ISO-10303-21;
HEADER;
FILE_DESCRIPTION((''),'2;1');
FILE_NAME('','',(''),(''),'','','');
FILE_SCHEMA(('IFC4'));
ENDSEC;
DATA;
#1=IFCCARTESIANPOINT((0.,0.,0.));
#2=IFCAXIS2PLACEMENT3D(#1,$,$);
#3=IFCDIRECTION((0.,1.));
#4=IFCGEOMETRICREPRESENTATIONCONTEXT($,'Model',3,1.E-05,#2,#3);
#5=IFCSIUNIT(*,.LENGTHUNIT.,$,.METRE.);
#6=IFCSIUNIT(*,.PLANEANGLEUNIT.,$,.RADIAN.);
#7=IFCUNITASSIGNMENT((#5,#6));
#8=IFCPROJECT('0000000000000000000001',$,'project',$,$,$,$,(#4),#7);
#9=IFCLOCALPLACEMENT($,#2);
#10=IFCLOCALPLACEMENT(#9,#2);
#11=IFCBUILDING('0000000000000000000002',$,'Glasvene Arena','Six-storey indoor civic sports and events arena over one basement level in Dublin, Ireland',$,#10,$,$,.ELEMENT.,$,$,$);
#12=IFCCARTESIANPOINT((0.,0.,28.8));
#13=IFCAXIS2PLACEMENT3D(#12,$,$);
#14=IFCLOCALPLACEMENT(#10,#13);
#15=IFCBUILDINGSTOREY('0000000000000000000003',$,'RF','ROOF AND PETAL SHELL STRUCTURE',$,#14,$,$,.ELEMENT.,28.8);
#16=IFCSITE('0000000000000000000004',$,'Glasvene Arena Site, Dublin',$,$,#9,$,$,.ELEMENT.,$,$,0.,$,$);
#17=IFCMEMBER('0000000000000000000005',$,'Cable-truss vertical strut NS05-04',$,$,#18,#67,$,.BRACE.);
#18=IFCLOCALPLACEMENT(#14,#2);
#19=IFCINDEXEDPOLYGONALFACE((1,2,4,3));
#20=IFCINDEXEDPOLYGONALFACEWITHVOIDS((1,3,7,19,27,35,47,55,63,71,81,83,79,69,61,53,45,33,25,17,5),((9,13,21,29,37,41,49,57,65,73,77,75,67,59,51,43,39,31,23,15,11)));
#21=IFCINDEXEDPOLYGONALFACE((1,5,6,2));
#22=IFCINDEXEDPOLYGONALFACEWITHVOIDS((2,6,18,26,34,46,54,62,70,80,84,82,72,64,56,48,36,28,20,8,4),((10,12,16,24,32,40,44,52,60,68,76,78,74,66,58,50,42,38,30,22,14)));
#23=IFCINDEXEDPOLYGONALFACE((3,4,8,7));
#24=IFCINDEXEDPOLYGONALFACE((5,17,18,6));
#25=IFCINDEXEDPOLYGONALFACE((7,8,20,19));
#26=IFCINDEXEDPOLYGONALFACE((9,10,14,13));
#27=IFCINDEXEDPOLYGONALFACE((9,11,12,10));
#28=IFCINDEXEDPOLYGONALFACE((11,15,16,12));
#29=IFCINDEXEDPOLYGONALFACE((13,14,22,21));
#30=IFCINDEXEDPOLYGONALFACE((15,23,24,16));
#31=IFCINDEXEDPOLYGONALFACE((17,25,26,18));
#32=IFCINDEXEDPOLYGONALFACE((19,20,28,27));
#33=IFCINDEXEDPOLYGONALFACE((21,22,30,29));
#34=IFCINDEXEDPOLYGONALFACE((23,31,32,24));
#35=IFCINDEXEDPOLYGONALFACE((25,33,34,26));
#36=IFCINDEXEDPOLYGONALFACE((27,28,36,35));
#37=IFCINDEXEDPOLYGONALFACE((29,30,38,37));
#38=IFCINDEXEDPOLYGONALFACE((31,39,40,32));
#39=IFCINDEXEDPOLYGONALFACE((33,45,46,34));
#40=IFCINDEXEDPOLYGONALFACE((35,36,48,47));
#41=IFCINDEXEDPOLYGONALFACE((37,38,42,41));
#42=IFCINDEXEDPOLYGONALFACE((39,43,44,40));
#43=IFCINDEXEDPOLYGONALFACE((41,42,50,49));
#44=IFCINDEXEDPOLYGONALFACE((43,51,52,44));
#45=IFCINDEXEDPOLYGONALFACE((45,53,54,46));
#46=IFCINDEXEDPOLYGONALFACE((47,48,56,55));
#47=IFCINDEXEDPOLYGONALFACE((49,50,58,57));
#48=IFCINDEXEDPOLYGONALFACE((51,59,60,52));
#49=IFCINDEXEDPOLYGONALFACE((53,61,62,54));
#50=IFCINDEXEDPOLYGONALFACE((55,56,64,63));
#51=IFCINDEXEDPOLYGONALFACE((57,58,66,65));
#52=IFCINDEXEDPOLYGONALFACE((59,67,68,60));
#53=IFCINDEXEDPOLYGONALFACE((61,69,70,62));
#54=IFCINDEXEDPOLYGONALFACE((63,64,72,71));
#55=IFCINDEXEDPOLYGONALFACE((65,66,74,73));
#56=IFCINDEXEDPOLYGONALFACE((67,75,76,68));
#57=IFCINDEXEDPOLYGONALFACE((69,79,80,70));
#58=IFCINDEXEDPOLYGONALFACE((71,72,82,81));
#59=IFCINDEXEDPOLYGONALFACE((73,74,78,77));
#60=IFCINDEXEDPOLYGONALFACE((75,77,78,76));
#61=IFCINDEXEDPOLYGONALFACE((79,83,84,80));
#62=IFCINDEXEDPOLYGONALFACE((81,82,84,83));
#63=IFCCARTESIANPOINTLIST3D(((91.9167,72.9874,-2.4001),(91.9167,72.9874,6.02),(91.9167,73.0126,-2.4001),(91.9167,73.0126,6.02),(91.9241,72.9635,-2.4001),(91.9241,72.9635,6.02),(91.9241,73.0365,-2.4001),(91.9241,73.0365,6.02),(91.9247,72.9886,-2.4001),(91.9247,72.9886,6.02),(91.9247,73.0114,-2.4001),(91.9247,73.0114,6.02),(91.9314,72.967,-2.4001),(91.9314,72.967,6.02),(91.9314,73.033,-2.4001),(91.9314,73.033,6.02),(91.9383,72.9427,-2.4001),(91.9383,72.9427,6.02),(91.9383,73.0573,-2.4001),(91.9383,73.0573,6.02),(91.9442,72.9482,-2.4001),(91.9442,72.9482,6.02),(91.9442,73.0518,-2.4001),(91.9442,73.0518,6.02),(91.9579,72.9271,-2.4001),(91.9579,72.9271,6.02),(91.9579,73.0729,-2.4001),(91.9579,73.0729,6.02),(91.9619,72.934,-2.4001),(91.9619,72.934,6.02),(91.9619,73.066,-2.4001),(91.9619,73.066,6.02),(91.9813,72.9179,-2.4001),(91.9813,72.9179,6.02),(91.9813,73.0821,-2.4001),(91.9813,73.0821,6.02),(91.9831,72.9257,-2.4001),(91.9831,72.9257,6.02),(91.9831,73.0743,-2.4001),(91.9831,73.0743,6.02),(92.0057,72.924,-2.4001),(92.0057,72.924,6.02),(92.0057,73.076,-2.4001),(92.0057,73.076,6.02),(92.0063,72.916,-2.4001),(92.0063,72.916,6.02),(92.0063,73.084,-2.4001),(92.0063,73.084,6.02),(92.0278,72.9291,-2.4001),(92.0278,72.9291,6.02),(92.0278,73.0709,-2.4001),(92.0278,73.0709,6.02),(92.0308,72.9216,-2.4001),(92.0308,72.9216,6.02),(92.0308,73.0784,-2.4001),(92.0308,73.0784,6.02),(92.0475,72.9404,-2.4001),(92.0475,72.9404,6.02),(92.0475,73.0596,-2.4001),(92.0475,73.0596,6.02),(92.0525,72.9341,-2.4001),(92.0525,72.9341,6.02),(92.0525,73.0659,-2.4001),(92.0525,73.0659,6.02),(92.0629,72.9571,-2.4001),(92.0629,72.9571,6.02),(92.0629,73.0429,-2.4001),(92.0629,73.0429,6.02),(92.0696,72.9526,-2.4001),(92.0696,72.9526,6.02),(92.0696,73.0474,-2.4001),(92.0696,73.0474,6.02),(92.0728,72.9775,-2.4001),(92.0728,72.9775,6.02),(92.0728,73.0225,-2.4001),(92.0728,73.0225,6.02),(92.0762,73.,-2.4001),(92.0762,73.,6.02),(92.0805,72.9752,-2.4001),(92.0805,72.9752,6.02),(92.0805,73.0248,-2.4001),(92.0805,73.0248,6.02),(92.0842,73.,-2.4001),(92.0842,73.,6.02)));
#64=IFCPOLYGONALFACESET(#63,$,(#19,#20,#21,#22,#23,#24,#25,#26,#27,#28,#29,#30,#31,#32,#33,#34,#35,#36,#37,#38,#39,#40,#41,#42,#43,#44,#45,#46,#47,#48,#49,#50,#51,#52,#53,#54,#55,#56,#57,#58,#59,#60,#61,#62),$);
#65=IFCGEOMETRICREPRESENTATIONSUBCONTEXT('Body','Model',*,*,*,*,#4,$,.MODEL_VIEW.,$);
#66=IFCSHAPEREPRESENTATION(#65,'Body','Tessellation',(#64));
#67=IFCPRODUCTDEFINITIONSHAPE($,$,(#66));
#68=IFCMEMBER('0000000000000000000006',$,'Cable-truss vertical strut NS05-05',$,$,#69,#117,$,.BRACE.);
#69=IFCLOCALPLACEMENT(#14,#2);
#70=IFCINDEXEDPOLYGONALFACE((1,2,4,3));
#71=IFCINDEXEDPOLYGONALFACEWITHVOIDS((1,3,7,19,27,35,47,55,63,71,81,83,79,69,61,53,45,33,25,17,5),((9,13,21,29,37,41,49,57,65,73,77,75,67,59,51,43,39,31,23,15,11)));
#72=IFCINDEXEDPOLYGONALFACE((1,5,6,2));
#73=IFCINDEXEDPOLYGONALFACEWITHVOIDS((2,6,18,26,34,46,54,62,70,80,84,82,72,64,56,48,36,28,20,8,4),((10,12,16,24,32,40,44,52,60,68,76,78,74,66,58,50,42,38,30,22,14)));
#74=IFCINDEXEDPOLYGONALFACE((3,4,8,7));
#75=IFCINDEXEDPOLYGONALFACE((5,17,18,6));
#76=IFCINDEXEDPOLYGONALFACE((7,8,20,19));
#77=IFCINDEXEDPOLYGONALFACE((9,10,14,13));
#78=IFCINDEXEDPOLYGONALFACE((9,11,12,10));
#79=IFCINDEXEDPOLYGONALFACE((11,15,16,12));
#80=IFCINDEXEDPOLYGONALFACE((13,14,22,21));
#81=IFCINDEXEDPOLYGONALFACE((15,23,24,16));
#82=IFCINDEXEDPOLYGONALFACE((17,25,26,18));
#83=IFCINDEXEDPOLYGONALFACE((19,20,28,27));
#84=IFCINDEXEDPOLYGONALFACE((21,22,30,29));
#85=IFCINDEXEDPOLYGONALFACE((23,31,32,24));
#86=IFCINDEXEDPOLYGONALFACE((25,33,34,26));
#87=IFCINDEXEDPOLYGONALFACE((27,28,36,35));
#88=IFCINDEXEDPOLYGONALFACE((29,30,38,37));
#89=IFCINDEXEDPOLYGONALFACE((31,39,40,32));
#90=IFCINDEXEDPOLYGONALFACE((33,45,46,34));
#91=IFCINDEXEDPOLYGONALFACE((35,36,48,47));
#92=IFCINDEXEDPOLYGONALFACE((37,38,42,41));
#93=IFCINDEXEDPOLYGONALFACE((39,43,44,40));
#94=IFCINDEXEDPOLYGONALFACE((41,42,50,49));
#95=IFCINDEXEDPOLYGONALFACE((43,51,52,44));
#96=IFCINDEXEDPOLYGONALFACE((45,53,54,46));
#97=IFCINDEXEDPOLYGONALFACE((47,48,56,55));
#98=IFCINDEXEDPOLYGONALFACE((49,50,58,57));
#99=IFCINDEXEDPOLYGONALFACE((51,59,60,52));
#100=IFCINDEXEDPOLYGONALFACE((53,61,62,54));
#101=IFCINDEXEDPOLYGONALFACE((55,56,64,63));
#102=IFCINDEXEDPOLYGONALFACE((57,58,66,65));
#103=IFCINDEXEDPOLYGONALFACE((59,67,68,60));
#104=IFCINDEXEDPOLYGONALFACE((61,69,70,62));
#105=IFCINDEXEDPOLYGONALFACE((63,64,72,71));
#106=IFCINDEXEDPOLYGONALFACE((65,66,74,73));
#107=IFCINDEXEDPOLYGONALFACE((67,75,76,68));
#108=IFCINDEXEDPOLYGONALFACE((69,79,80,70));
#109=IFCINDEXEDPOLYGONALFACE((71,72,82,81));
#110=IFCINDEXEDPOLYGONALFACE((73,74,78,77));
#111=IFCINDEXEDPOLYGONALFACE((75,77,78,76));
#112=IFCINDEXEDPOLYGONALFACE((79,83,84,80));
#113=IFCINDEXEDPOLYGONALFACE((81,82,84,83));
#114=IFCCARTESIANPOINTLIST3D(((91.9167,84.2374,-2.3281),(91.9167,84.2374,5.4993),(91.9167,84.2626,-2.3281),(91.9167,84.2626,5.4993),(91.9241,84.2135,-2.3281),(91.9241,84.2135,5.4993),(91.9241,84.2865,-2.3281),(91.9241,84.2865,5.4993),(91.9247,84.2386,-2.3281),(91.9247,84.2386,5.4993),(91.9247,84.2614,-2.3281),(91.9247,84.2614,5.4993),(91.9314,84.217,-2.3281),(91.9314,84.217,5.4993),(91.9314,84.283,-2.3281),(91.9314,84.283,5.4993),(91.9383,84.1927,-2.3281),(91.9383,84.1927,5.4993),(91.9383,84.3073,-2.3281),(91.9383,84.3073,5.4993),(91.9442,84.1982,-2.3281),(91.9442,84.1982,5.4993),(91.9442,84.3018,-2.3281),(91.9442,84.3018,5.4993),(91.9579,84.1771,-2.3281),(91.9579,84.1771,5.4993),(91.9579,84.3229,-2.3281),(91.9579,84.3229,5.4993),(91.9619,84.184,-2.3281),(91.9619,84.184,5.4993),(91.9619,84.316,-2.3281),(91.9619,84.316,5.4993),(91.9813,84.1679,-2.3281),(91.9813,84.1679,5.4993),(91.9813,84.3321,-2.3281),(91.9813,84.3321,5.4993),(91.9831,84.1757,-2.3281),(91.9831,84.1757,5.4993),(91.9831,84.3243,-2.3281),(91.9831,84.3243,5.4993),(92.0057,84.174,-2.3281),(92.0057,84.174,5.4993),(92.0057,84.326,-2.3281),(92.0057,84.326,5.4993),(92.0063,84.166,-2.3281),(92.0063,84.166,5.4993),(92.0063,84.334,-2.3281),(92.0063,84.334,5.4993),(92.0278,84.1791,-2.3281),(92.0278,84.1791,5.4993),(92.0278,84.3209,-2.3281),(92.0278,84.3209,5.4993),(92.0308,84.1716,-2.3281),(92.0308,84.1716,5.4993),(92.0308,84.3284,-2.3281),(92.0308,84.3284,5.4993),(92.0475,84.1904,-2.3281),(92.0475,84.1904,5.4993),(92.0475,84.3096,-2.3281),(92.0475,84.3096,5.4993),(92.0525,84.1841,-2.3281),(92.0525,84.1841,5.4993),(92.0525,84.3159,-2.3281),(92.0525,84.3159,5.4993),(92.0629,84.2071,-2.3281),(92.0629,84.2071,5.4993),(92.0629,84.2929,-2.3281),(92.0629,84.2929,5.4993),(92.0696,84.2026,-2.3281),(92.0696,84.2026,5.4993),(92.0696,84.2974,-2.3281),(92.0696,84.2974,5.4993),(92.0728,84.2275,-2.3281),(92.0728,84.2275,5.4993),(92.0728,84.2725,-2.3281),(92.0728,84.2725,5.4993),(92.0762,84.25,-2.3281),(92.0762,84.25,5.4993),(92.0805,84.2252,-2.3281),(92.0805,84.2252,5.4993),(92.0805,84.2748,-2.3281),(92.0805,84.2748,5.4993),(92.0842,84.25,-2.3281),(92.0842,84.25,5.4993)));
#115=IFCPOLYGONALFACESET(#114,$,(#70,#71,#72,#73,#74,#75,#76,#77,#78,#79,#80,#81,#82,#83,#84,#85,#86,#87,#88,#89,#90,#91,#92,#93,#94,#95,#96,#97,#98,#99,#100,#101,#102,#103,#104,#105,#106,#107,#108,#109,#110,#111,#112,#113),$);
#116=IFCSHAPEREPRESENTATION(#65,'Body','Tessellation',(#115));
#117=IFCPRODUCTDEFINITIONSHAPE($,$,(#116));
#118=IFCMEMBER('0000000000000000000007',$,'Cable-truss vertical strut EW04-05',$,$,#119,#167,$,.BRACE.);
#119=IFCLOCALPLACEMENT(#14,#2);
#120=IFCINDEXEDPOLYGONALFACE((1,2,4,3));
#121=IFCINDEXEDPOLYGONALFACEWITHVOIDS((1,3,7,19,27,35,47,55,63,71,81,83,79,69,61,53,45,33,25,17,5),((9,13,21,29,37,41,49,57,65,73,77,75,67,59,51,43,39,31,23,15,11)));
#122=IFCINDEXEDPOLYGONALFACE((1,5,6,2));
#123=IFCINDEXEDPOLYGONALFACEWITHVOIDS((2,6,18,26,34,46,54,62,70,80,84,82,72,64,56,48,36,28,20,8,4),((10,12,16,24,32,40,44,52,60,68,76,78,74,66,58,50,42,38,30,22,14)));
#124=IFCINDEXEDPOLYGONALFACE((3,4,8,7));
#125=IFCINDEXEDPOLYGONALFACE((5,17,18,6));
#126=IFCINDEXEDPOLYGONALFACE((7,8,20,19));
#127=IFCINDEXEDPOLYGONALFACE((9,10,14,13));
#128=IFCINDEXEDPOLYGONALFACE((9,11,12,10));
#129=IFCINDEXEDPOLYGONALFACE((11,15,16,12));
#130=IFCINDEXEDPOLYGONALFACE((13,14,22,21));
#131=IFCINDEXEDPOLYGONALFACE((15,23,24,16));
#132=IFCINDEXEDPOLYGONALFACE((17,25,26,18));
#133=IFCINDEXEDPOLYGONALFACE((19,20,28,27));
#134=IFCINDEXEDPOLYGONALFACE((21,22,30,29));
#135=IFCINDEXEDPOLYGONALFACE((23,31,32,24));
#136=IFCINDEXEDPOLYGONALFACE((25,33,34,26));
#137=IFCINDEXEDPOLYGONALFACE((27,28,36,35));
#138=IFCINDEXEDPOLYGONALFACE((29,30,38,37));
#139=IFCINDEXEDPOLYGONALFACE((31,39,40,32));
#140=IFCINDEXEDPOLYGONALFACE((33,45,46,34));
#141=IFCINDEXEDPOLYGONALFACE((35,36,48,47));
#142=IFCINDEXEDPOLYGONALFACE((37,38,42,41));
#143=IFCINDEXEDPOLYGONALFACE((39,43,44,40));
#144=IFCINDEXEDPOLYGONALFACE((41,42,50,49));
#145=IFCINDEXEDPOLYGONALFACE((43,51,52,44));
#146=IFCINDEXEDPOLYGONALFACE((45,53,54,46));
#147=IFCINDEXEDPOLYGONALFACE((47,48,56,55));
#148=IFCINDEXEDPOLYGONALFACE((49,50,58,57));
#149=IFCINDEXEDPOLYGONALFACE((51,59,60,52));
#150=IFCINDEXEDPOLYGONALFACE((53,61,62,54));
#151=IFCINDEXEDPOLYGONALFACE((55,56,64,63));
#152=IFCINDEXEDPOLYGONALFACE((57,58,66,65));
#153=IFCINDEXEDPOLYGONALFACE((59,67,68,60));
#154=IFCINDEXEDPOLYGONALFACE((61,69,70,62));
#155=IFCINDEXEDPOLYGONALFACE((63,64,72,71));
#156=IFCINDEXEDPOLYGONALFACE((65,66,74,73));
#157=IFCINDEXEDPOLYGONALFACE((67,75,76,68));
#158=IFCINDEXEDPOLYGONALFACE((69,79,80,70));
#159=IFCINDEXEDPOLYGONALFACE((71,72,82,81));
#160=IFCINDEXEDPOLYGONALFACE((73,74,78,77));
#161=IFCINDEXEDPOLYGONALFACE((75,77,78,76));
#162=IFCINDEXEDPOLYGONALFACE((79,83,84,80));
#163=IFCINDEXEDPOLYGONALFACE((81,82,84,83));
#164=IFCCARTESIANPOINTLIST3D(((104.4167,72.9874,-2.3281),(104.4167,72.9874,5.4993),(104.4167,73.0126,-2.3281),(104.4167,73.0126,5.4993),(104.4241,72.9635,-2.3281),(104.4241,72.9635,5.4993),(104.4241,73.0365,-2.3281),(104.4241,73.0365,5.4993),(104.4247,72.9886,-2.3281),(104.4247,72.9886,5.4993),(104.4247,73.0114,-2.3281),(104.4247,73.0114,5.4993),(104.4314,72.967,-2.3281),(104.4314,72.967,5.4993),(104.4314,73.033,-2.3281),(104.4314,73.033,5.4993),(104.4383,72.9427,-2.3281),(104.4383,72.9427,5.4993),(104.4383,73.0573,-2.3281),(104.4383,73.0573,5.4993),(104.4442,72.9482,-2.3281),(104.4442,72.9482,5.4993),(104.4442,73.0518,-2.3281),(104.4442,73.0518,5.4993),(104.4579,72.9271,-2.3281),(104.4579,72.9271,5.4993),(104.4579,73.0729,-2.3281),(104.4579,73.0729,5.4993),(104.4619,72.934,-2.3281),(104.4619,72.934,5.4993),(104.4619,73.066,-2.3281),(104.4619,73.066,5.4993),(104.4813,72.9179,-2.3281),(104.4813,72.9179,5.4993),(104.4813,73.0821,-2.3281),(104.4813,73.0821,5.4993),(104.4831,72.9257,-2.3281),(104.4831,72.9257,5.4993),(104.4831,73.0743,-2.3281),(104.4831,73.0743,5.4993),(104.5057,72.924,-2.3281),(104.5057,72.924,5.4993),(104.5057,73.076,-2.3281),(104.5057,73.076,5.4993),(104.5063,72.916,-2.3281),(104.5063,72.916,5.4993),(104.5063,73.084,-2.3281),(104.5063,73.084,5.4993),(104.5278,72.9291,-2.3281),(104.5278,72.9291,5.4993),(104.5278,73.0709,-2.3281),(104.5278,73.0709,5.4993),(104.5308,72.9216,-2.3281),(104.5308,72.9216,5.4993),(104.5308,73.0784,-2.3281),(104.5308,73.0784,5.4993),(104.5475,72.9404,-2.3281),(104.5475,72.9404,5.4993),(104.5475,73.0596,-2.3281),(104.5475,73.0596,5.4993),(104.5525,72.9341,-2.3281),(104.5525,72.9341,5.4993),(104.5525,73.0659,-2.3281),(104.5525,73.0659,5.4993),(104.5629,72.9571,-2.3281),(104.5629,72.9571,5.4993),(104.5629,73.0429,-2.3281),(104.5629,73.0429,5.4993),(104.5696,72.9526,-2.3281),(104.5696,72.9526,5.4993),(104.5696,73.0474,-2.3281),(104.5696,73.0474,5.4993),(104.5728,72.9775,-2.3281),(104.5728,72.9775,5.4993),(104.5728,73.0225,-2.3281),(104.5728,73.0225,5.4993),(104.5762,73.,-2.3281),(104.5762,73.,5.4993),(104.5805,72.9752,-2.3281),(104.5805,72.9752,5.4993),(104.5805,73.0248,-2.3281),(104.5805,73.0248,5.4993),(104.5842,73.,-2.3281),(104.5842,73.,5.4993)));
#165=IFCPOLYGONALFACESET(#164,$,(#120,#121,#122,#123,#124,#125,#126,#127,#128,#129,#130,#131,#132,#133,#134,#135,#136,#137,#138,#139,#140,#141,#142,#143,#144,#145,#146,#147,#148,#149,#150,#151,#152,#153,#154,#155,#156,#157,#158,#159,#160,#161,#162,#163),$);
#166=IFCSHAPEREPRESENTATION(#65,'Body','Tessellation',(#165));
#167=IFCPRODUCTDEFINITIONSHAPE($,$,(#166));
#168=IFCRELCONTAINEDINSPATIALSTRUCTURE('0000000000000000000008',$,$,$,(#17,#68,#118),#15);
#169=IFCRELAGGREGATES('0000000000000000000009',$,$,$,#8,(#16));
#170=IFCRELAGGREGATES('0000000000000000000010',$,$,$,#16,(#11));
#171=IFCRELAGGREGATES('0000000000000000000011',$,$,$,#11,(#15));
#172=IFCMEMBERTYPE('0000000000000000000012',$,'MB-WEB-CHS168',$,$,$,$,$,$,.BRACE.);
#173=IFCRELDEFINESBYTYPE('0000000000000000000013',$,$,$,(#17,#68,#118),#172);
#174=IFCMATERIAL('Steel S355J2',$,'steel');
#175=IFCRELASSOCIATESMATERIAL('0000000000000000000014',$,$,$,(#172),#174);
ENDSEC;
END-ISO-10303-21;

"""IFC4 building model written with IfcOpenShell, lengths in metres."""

from ifc_helpers import new_model, si_unit, direction, frame, origin, origin_2d, place, context, subcontext, project, spatial, hollow_circle, extrude, material, material_profile, profile_set, type_object, element, save


model = new_model("IFC4")

# Units and contexts
model_context = context("Model", 3, precision=1e-05, world=origin(), true_north=direction((0.0, 1.0)))
body_context = subcontext(model_context, "Body", "Model", "MODEL_VIEW")
ifc_project = project(units=[si_unit("LENGTHUNIT", "METRE"), si_unit("PLANEANGLEUNIT", "RADIAN")], contexts=[model_context])

# Site, building, storey
site_placement = place(None, origin())
site = spatial("IfcSite", under=ifc_project, at=site_placement, Name="Glasvene Arena Site, Dublin", CompositionType="ELEMENT", RefElevation=0.0)
building_placement = place(site_placement, origin())
building = spatial("IfcBuilding", under=site, at=building_placement, Name="Glasvene Arena", Description="Six-storey indoor civic sports and events arena over one basement level in Dublin, Ireland", CompositionType="ELEMENT")
storey_placement = place(building_placement, frame((0.0, 0.0, 28.8)))
storey = spatial("IfcBuildingStorey", under=building, at=storey_placement, Name="RF", Description="ROOF AND PETAL SHELL STRUCTURE", CompositionType="ELEMENT", Elevation=28.8)

# Members
ifc_material_1 = material(Name="Steel S355J2", Category="steel")
ifc_material_profile_1 = material_profile(ifc_material_1, hollow_circle(Radius=0.0842, WallThickness=0.0081, at=origin_2d()), Name="CHS 168.3x8.0")
ifc_profile_set_1 = profile_set([ifc_material_profile_1], Name="Steel S355J2")
member_type_1 = type_object("IfcMemberType", Name="MB-WEB-CHS168", PredefinedType="BRACE", material=ifc_profile_set_1)
member_1_placement = place(storey_placement, frame((92.0, 73.0, -2.4001), z_axis=(0.0, 0.0, 1.0), x_axis=(1.0, 0.0, 0.0)))
element("IfcMember", 1, at=member_1_placement, inside=storey, type_object=member_type_1, Name="Cable-truss vertical strut NS05-04", PredefinedType="BRACE", context=body_context, shape_type="SweptSolid", body=[
    extrude(hollow_circle(Radius=0.0842, WallThickness=0.0081, at=origin_2d()), origin(), (0.0, 0.0, 1.0), 8.4202),
])
for number, where, z_axis, x_axis, name in (
    (2, (92.0, 84.25, -2.3281), (0.0, 0.0, 1.0), (1.0, 0.0, 0.0), "Cable-truss vertical strut NS05-05"),
    (3, (104.5, 73.0, -2.3281), (0.0, 0.0, 1.0), (1.0, 0.0, 0.0), "Cable-truss vertical strut EW04-05"),
):
    element("IfcMember", number, at=place(storey_placement, frame(where, z_axis=z_axis, x_axis=x_axis)), inside=storey, type_object=member_type_1, Name=name, PredefinedType="BRACE", context=body_context, shape_type="SweptSolid", body=[
        extrude(hollow_circle(Radius=0.0842, WallThickness=0.0081, at=origin_2d()), origin(), (0.0, 0.0, 1.0), 7.8274),
    ])

save(model, "model.ifc")
